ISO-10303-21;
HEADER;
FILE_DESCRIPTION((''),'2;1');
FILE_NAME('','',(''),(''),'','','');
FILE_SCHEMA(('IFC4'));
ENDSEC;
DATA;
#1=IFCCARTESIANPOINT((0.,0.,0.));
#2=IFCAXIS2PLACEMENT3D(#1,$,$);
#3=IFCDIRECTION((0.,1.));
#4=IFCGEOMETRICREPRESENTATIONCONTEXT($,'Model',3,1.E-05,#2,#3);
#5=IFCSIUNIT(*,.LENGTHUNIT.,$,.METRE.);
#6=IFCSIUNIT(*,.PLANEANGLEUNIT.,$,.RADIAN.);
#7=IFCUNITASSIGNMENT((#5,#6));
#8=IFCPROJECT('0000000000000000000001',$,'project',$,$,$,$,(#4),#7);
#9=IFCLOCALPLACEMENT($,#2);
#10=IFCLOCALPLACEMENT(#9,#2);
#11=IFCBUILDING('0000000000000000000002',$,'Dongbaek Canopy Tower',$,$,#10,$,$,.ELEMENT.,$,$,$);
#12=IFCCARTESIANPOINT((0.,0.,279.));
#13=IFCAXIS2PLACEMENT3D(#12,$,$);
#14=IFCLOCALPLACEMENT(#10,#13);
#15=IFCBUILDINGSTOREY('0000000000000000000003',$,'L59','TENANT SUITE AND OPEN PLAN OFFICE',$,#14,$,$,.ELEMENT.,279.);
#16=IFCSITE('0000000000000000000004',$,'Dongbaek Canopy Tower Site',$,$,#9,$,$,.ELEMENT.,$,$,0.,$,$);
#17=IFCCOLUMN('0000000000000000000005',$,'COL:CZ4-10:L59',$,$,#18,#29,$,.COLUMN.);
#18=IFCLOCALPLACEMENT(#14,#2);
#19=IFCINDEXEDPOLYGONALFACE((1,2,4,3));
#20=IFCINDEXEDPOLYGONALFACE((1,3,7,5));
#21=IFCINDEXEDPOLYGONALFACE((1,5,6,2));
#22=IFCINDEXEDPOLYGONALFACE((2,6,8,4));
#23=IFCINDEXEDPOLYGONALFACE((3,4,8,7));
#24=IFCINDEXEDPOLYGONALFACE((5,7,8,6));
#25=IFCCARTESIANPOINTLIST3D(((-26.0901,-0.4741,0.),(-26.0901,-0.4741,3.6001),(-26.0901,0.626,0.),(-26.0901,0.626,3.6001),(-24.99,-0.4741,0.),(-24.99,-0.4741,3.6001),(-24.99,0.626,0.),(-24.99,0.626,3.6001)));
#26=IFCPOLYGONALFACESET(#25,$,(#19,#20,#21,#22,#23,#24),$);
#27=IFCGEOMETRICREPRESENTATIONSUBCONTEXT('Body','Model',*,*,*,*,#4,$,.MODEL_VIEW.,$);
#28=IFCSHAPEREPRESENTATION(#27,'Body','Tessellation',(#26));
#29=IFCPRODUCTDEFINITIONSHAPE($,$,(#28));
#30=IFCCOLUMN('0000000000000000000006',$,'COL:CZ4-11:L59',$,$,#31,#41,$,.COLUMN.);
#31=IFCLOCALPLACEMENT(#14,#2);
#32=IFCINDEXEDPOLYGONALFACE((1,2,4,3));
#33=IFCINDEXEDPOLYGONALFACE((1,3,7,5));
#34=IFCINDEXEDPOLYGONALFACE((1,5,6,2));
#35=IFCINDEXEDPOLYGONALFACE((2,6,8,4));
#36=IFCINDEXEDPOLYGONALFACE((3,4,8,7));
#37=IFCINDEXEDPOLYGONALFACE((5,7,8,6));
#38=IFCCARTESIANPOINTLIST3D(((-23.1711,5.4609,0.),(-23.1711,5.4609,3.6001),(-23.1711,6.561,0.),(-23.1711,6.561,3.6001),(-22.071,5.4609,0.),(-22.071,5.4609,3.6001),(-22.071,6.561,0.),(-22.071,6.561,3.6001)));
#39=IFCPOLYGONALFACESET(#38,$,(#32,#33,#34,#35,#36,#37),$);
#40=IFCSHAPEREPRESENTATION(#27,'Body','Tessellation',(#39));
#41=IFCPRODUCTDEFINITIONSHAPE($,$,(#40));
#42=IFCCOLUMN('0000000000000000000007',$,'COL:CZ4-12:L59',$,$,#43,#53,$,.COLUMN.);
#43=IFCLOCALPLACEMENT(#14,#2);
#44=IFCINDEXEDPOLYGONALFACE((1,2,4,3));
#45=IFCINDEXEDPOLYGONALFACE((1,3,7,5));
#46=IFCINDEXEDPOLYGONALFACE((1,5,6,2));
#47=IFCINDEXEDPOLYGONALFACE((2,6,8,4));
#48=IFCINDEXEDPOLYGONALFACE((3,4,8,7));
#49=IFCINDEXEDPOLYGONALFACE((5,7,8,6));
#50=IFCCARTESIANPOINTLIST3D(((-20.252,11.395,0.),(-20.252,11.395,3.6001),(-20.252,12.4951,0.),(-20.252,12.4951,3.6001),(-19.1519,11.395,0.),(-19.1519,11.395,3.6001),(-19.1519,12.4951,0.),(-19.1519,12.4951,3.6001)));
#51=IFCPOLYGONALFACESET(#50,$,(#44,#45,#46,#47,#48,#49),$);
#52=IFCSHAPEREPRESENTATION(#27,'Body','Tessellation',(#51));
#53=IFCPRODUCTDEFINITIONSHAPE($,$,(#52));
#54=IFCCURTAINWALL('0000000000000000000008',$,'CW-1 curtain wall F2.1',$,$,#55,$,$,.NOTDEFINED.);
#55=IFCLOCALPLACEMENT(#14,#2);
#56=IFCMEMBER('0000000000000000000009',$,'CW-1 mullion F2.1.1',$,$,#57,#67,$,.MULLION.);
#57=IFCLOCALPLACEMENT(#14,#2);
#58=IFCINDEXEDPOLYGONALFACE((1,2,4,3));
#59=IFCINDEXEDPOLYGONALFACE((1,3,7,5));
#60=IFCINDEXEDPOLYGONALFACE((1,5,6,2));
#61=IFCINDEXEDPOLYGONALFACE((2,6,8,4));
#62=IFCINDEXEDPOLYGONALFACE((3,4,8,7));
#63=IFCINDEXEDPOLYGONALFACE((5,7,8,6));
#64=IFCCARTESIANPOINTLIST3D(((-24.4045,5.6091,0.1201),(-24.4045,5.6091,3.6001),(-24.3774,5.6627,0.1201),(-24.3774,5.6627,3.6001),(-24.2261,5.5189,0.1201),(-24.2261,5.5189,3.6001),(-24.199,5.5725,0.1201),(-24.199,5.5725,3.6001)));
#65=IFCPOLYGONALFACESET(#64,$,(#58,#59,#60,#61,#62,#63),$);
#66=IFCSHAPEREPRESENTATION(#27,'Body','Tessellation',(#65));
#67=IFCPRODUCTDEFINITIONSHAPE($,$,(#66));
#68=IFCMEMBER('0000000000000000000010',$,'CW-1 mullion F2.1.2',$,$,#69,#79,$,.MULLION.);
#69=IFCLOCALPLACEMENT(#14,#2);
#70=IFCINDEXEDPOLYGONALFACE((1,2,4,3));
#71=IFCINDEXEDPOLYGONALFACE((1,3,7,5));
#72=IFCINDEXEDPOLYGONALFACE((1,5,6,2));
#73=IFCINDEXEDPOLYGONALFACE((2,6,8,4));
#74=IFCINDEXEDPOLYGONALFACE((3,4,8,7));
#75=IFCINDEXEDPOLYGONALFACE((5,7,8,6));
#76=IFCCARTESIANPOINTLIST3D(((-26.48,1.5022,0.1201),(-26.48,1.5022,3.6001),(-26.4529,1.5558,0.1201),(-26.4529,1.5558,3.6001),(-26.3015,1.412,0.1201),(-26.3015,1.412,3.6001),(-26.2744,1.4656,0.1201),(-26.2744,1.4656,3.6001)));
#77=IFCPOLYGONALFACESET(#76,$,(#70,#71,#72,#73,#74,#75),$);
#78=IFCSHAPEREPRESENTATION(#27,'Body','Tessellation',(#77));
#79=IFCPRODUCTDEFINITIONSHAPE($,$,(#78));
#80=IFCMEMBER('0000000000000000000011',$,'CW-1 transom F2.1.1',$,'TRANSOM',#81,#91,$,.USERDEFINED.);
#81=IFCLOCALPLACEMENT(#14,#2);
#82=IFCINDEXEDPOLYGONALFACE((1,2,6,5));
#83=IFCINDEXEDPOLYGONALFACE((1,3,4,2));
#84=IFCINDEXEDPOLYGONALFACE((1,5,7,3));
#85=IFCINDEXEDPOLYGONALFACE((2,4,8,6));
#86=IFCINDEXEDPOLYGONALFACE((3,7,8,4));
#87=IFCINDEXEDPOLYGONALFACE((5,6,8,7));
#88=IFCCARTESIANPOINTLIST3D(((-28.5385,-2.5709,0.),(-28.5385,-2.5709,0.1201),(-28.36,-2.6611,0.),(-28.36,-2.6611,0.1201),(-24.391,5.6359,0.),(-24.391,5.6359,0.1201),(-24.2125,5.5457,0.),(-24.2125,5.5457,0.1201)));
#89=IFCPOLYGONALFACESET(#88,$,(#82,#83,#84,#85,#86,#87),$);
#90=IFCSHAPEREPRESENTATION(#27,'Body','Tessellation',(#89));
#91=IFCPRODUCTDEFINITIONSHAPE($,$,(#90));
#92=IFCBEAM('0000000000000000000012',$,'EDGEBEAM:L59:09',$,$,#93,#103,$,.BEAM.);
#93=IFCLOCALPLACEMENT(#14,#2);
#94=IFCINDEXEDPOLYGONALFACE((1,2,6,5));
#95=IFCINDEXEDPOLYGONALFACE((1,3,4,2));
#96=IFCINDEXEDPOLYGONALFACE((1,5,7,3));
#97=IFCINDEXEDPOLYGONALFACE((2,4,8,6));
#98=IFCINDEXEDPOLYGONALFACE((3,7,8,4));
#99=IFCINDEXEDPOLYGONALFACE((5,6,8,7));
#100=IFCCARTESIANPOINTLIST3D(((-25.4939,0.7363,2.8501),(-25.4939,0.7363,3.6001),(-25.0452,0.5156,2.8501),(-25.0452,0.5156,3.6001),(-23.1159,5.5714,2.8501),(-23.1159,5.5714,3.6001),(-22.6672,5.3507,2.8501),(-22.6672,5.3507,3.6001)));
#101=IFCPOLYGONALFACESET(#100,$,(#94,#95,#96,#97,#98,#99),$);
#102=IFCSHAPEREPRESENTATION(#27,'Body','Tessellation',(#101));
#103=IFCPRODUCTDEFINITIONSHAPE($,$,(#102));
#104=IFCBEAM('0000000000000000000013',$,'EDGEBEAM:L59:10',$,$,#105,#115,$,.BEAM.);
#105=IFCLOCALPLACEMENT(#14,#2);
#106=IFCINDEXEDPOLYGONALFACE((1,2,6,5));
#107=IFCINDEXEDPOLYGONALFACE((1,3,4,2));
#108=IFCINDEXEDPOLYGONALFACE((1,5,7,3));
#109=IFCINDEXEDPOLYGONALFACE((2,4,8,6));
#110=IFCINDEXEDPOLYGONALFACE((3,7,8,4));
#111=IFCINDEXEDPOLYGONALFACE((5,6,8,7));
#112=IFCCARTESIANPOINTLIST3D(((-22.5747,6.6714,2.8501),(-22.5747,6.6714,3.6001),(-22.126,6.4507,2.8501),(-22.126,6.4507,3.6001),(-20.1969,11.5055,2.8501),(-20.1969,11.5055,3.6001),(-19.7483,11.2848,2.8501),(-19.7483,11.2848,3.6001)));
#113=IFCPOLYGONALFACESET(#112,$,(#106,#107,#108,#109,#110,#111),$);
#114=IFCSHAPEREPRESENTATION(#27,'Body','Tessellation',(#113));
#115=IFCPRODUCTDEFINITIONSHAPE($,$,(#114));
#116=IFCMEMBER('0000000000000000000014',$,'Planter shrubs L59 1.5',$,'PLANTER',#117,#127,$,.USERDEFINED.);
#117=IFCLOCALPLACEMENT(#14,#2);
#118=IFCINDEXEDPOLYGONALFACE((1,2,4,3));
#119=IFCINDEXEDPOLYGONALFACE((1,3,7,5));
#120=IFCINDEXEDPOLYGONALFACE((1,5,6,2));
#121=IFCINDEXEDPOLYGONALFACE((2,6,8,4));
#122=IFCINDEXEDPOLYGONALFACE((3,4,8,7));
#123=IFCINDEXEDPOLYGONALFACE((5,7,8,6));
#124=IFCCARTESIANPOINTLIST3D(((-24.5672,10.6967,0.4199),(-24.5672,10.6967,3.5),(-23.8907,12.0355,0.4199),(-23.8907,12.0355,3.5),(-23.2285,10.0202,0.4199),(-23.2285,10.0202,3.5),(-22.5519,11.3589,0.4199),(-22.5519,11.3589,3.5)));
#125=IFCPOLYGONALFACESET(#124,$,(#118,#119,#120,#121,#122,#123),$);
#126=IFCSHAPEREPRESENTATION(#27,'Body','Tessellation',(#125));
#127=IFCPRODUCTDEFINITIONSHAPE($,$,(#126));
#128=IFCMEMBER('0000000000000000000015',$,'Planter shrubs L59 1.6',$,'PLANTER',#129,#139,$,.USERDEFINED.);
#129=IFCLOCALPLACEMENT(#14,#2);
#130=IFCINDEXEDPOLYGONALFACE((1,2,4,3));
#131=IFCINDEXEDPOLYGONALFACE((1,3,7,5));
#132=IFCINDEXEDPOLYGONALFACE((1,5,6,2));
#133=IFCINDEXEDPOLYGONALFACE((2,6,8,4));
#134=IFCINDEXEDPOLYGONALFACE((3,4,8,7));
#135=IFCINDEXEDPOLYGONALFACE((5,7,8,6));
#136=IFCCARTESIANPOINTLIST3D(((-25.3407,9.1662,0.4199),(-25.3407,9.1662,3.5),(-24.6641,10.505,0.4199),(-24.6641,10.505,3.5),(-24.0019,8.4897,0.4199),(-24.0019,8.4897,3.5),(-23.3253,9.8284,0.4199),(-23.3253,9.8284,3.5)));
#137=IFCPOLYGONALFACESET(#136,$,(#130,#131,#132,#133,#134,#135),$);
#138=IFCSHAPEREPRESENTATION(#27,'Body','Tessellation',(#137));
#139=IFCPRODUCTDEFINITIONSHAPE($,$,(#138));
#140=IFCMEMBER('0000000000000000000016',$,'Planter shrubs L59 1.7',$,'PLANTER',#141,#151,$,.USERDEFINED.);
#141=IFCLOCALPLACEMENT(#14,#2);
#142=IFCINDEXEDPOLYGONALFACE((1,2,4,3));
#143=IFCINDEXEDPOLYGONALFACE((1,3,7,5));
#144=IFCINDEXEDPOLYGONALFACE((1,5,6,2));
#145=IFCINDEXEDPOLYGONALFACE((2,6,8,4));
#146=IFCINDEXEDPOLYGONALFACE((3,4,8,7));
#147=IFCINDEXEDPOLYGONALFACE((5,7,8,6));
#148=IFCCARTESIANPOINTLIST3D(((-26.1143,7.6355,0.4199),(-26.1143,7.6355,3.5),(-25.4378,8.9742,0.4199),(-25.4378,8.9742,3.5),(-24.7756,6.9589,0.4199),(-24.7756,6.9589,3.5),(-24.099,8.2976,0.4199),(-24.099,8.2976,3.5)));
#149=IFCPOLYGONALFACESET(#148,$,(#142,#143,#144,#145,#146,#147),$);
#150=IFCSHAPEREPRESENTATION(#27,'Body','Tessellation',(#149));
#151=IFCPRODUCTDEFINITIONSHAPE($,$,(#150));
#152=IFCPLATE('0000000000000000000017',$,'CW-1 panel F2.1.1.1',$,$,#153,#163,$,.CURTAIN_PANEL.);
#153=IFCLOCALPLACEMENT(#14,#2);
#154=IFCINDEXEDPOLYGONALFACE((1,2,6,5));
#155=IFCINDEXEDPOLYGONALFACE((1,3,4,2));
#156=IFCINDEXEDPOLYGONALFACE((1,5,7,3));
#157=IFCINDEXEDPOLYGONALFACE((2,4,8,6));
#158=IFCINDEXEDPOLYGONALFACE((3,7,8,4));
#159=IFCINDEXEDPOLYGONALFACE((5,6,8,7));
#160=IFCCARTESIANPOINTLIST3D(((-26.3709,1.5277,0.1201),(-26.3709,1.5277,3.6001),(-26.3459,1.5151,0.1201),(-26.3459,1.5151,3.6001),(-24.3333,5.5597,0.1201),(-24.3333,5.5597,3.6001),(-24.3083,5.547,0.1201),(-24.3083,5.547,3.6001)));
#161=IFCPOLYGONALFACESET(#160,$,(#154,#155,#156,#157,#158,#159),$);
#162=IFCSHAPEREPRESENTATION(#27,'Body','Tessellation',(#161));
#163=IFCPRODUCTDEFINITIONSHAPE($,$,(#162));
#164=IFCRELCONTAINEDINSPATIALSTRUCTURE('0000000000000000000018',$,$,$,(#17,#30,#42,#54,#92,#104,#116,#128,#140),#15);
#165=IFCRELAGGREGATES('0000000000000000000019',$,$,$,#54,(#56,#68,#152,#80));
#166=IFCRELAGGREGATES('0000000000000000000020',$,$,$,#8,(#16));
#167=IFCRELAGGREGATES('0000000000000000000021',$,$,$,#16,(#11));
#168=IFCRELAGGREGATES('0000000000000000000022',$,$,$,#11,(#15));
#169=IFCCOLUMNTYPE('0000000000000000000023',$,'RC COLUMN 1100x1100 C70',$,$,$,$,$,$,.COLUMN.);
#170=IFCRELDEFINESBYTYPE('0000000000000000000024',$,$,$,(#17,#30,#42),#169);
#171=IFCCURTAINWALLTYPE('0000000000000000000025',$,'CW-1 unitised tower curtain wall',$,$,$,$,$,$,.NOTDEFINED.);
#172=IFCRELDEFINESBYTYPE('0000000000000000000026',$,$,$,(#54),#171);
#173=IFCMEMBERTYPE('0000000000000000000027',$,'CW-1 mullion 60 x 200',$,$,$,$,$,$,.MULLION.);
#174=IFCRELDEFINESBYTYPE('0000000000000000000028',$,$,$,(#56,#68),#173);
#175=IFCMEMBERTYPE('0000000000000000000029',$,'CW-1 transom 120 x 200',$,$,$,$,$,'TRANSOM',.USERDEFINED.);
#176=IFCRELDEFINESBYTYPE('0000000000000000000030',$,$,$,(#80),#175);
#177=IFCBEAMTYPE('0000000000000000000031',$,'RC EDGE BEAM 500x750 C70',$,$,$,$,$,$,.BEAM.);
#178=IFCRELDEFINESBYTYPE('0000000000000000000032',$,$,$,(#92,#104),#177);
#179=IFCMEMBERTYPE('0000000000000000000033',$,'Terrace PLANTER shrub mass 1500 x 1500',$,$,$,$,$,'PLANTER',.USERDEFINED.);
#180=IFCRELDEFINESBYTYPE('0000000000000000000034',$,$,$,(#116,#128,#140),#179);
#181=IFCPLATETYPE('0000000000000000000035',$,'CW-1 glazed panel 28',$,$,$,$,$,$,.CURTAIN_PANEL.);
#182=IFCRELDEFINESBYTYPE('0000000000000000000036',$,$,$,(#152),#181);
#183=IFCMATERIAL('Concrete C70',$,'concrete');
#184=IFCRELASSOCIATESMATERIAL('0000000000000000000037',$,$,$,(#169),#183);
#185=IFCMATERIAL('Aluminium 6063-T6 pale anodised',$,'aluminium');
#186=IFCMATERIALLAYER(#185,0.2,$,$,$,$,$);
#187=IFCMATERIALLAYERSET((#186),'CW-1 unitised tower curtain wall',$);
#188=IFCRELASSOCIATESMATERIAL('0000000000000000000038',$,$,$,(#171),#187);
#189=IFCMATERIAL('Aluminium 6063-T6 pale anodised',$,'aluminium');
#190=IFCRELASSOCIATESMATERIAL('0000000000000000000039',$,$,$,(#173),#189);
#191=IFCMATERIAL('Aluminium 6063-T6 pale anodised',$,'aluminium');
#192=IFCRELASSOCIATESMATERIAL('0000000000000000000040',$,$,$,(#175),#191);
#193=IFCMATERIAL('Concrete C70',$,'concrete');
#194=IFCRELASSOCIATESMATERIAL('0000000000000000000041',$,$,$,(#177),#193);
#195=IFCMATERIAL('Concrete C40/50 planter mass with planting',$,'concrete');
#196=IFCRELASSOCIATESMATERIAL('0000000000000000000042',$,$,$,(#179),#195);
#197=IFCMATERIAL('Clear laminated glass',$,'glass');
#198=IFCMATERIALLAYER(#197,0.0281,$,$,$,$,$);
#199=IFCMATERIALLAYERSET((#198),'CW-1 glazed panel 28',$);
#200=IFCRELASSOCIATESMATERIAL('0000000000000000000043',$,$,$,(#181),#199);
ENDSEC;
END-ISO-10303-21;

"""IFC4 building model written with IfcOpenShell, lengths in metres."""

from ifc_helpers import new_model, si_unit, direction, frame, origin, origin_2d, place, context, subcontext, project, spatial, rectangle, extrude, material, layer, layer_set, material_profile, profile_set, type_object, element, aggregate, save


model = new_model("IFC4")

# Units and contexts
model_context = context("Model", 3, precision=1e-05, world=origin(), true_north=direction((0.0, 1.0)))
body_context = subcontext(model_context, "Body", "Model", "MODEL_VIEW")
ifc_project = project(units=[si_unit("LENGTHUNIT", "METRE"), si_unit("PLANEANGLEUNIT", "RADIAN")], contexts=[model_context])

# Site, building, storey
site_placement = place(None, origin())
site = spatial("IfcSite", under=ifc_project, at=site_placement, Name="Dongbaek Canopy Tower Site", CompositionType="ELEMENT", RefElevation=0.0)
building_placement = place(site_placement, origin())
building = spatial("IfcBuilding", under=site, at=building_placement, Name="Dongbaek Canopy Tower", CompositionType="ELEMENT")
storey_placement = place(building_placement, frame((0.0, 0.0, 279.0)))
storey = spatial("IfcBuildingStorey", under=building, at=storey_placement, Name="L59", Description="TENANT SUITE AND OPEN PLAN OFFICE", CompositionType="ELEMENT", Elevation=279.0)

# Columns
ifc_material_1 = material(Name="Concrete C70", Category="concrete")
ifc_material_profile_1 = material_profile(ifc_material_1, rectangle(XDim=1.1001, YDim=1.1001, at=origin_2d()), Name="RC COLUMN 1100x1100 C70")
ifc_profile_set_1 = profile_set([ifc_material_profile_1], Name="Concrete C70")
column_type = type_object("IfcColumnType", Name="RC COLUMN 1100x1100 C70", PredefinedType="COLUMN", material=ifc_profile_set_1)
for number, where, z_axis, x_axis, name in (
    (1, (-25.54, 0.0759, 0.0), (0.0, 0.0, 1.0), (1.0, 0.0, 0.0), "COL:CZ4-10:L59"),
    (2, (-22.6211, 6.011, 0.0), (0.0, 0.0, 1.0), (1.0, 0.0, 0.0), "COL:CZ4-11:L59"),
    (3, (-19.7019, 11.9451, 0.0), (0.0, 0.0, 1.0), (1.0, 0.0, 0.0), "COL:CZ4-12:L59"),
):
    element("IfcColumn", number, at=place(storey_placement, frame(where, z_axis=z_axis, x_axis=x_axis)), inside=storey, type_object=column_type, Name=name, PredefinedType="COLUMN", context=body_context, shape_type="SweptSolid", body=[
        extrude(rectangle(XDim=1.1001, YDim=1.1001, at=origin_2d()), origin(), (0.0, 0.0, 1.0), 3.6001),
    ])

# Curtain wall, members
ifc_material_2 = material(Name="Aluminium 6063-T6 pale anodised", Category="aluminium")
ifc_layer_1 = layer(ifc_material_2, 0.2)
ifc_layer_set_1 = layer_set([ifc_layer_1], Name="CW-1 unitised tower curtain wall")
curtain_wall_type = type_object("IfcCurtainWallType", Name="CW-1 unitised tower curtain wall", PredefinedType="NOTDEFINED", material=ifc_layer_set_1)
curtain_wall_placement = place(storey_placement, origin())
curtain_wall = element("IfcCurtainWall", 4, at=curtain_wall_placement, inside=storey, type_object=curtain_wall_type, Name="CW-1 curtain wall F2.1", PredefinedType="NOTDEFINED")
ifc_material_3 = material(Name="Aluminium 6063-T6 pale anodised", Category="aluminium")
ifc_material_profile_2 = material_profile(ifc_material_3, rectangle(XDim=0.2, YDim=0.0601, at=origin_2d()), Name="CW-1 mullion 60 x 200")
ifc_profile_set_2 = profile_set([ifc_material_profile_2], Name="Aluminium 6063-T6 pale anodised")
member_type_1 = type_object("IfcMemberType", Name="CW-1 mullion 60 x 200", PredefinedType="MULLION", material=ifc_profile_set_2)
member_1_placement = place(storey_placement, frame((-24.3018, 5.5908, 0.1201), z_axis=(0.0, 0.0, 1.0), x_axis=(-0.8925, 0.451047, 0.0)))
member_1 = element("IfcMember", 5, at=member_1_placement, type_object=member_type_1, Name="CW-1 mullion F2.1.1", PredefinedType="MULLION", context=body_context, shape_type="SweptSolid", body=[
    extrude(rectangle(XDim=0.2, YDim=0.0601, at=origin_2d()), origin(), (0.0, 0.0, 1.0), 3.48),
])
member_2_placement = place(storey_placement, frame((-26.3772, 1.4839, 0.1201), z_axis=(0.0, 0.0, 1.0), x_axis=(-0.8925, 0.451047, 0.0)))
member_2 = element("IfcMember", 6, at=member_2_placement, type_object=member_type_1, Name="CW-1 mullion F2.1.2", PredefinedType="MULLION", context=body_context, shape_type="SweptSolid", body=[
    extrude(rectangle(XDim=0.2, YDim=0.0601, at=origin_2d()), origin(), (0.0, 0.0, 1.0), 3.48),
])
ifc_material_4 = material(Name="Aluminium 6063-T6 pale anodised", Category="aluminium")
ifc_material_profile_3 = material_profile(ifc_material_4, rectangle(XDim=0.2, YDim=0.1201, at=origin_2d()), Name="CW-1 transom 120 x 200")
ifc_profile_set_3 = profile_set([ifc_material_profile_3], Name="Aluminium 6063-T6 pale anodised")
member_type_2 = type_object("IfcMemberType", Name="CW-1 transom 120 x 200", ElementType="TRANSOM", PredefinedType="USERDEFINED", material=ifc_profile_set_3)
member_3_placement = place(storey_placement, frame((-24.3018, 5.5908, 0.0601), z_axis=(-0.451043, -0.892502, 0.0), x_axis=(0.892502, -0.451043, 0.0)))
member_3 = element("IfcMember", 7, at=member_3_placement, type_object=member_type_2, Name="CW-1 transom F2.1.1", ObjectType="TRANSOM", PredefinedType="USERDEFINED", context=body_context, shape_type="SweptSolid", body=[
    extrude(rectangle(XDim=0.2, YDim=0.1201, at=origin_2d()), origin(), (0.0, 0.0, 1.0), 9.1953),
])

# Beams
ifc_material_5 = material(Name="Concrete C70", Category="concrete")
ifc_material_profile_4 = material_profile(ifc_material_5, rectangle(XDim=0.5, YDim=0.75, at=origin_2d()), Name="RC EDGE BEAM 500x750 C70")
ifc_profile_set_4 = profile_set([ifc_material_profile_4], Name="Concrete C70")
beam_type = type_object("IfcBeamType", Name="RC EDGE BEAM 500x750 C70", PredefinedType="BEAM", material=ifc_profile_set_4)
beam_1_placement = place(storey_placement, frame((-25.2695, 0.626, 3.2251), z_axis=(0.441332, 0.897344, 0.0), x_axis=(-0.897344, 0.441332, 0.0)))
element("IfcBeam", 8, at=beam_1_placement, inside=storey, type_object=beam_type, Name="EDGEBEAM:L59:09", PredefinedType="BEAM", context=body_context, shape_type="SweptSolid", body=[
    extrude(rectangle(XDim=0.5, YDim=0.75, at=origin_2d()), origin(), (0.0, 0.0, 1.0), 5.3882),
])
beam_2_placement = place(storey_placement, frame((-22.3503, 6.561, 3.2251), z_axis=(0.441367, 0.897327, 0.0), x_axis=(-0.897327, 0.441367, 0.0)))
element("IfcBeam", 9, at=beam_2_placement, inside=storey, type_object=beam_type, Name="EDGEBEAM:L59:10", PredefinedType="BEAM", context=body_context, shape_type="SweptSolid", body=[
    extrude(rectangle(XDim=0.5, YDim=0.75, at=origin_2d()), origin(), (0.0, 0.0, 1.0), 5.3872),
])

# Members
ifc_material_6 = material(Name="Concrete C40/50 planter mass with planting", Category="concrete")
ifc_material_profile_5 = material_profile(ifc_material_6, rectangle(XDim=1.5, YDim=1.5, at=origin_2d()), Name="Terrace PLANTER shrub mass 1500 x 1500")
ifc_profile_set_5 = profile_set([ifc_material_profile_5], Name="Concrete C40/50 planter mass with planting")
member_type_3 = type_object("IfcMemberType", Name="Terrace PLANTER shrub mass 1500 x 1500", ElementType="PLANTER", PredefinedType="USERDEFINED", material=ifc_profile_set_5)
for number, where, z_axis, x_axis, name in (
    (10, (-23.5596, 11.0278, 0.4199), (0.0, 0.0, 1.0), (-0.8925, 0.451047, 0.0), "Planter shrubs L59 1.5"),
    (11, (-24.333, 9.4973, 0.4199), (0.0, 0.0, 1.0), (-0.8925, 0.451047, 0.0), "Planter shrubs L59 1.6"),
    (12, (-25.1067, 7.9666, 0.4199), (0.0, 0.0, 1.0), (-0.8925, 0.451047, 0.0), "Planter shrubs L59 1.7"),
):
    element("IfcMember", number, at=place(storey_placement, frame(where, z_axis=z_axis, x_axis=x_axis)), inside=storey, type_object=member_type_3, Name=name, ObjectType="PLANTER", PredefinedType="USERDEFINED", context=body_context, shape_type="SweptSolid", body=[
        extrude(rectangle(XDim=1.5, YDim=1.5, at=origin_2d()), origin(), (0.0, 0.0, 1.0), 3.0801),
    ])

# Plate
ifc_material_7 = material(Name="Clear laminated glass", Category="glass")
ifc_layer_2 = layer(ifc_material_7, 0.0281)
ifc_layer_set_2 = layer_set([ifc_layer_2], Name="CW-1 glazed panel 28")
plate_type = type_object("IfcPlateType", Name="CW-1 glazed panel 28", PredefinedType="CURTAIN_PANEL", material=ifc_layer_set_2)
plate_placement = place(storey_placement, frame((-25.3396, 3.5374, 0.1201), z_axis=(0.0, 0.0, 1.0), x_axis=(-0.451047, -0.8925, 0.0)))
plate = element("IfcPlate", 13, at=plate_placement, type_object=plate_type, Name="CW-1 panel F2.1.1.1", PredefinedType="CURTAIN_PANEL", context=body_context, shape_type="SweptSolid", body=[
    extrude(rectangle(XDim=4.5176, YDim=0.0281, at=origin_2d()), origin(), (0.0, 0.0, 1.0), 3.48),
])

aggregate(curtain_wall, [member_1, member_2, plate, member_3])

save(model, "model.ifc")
